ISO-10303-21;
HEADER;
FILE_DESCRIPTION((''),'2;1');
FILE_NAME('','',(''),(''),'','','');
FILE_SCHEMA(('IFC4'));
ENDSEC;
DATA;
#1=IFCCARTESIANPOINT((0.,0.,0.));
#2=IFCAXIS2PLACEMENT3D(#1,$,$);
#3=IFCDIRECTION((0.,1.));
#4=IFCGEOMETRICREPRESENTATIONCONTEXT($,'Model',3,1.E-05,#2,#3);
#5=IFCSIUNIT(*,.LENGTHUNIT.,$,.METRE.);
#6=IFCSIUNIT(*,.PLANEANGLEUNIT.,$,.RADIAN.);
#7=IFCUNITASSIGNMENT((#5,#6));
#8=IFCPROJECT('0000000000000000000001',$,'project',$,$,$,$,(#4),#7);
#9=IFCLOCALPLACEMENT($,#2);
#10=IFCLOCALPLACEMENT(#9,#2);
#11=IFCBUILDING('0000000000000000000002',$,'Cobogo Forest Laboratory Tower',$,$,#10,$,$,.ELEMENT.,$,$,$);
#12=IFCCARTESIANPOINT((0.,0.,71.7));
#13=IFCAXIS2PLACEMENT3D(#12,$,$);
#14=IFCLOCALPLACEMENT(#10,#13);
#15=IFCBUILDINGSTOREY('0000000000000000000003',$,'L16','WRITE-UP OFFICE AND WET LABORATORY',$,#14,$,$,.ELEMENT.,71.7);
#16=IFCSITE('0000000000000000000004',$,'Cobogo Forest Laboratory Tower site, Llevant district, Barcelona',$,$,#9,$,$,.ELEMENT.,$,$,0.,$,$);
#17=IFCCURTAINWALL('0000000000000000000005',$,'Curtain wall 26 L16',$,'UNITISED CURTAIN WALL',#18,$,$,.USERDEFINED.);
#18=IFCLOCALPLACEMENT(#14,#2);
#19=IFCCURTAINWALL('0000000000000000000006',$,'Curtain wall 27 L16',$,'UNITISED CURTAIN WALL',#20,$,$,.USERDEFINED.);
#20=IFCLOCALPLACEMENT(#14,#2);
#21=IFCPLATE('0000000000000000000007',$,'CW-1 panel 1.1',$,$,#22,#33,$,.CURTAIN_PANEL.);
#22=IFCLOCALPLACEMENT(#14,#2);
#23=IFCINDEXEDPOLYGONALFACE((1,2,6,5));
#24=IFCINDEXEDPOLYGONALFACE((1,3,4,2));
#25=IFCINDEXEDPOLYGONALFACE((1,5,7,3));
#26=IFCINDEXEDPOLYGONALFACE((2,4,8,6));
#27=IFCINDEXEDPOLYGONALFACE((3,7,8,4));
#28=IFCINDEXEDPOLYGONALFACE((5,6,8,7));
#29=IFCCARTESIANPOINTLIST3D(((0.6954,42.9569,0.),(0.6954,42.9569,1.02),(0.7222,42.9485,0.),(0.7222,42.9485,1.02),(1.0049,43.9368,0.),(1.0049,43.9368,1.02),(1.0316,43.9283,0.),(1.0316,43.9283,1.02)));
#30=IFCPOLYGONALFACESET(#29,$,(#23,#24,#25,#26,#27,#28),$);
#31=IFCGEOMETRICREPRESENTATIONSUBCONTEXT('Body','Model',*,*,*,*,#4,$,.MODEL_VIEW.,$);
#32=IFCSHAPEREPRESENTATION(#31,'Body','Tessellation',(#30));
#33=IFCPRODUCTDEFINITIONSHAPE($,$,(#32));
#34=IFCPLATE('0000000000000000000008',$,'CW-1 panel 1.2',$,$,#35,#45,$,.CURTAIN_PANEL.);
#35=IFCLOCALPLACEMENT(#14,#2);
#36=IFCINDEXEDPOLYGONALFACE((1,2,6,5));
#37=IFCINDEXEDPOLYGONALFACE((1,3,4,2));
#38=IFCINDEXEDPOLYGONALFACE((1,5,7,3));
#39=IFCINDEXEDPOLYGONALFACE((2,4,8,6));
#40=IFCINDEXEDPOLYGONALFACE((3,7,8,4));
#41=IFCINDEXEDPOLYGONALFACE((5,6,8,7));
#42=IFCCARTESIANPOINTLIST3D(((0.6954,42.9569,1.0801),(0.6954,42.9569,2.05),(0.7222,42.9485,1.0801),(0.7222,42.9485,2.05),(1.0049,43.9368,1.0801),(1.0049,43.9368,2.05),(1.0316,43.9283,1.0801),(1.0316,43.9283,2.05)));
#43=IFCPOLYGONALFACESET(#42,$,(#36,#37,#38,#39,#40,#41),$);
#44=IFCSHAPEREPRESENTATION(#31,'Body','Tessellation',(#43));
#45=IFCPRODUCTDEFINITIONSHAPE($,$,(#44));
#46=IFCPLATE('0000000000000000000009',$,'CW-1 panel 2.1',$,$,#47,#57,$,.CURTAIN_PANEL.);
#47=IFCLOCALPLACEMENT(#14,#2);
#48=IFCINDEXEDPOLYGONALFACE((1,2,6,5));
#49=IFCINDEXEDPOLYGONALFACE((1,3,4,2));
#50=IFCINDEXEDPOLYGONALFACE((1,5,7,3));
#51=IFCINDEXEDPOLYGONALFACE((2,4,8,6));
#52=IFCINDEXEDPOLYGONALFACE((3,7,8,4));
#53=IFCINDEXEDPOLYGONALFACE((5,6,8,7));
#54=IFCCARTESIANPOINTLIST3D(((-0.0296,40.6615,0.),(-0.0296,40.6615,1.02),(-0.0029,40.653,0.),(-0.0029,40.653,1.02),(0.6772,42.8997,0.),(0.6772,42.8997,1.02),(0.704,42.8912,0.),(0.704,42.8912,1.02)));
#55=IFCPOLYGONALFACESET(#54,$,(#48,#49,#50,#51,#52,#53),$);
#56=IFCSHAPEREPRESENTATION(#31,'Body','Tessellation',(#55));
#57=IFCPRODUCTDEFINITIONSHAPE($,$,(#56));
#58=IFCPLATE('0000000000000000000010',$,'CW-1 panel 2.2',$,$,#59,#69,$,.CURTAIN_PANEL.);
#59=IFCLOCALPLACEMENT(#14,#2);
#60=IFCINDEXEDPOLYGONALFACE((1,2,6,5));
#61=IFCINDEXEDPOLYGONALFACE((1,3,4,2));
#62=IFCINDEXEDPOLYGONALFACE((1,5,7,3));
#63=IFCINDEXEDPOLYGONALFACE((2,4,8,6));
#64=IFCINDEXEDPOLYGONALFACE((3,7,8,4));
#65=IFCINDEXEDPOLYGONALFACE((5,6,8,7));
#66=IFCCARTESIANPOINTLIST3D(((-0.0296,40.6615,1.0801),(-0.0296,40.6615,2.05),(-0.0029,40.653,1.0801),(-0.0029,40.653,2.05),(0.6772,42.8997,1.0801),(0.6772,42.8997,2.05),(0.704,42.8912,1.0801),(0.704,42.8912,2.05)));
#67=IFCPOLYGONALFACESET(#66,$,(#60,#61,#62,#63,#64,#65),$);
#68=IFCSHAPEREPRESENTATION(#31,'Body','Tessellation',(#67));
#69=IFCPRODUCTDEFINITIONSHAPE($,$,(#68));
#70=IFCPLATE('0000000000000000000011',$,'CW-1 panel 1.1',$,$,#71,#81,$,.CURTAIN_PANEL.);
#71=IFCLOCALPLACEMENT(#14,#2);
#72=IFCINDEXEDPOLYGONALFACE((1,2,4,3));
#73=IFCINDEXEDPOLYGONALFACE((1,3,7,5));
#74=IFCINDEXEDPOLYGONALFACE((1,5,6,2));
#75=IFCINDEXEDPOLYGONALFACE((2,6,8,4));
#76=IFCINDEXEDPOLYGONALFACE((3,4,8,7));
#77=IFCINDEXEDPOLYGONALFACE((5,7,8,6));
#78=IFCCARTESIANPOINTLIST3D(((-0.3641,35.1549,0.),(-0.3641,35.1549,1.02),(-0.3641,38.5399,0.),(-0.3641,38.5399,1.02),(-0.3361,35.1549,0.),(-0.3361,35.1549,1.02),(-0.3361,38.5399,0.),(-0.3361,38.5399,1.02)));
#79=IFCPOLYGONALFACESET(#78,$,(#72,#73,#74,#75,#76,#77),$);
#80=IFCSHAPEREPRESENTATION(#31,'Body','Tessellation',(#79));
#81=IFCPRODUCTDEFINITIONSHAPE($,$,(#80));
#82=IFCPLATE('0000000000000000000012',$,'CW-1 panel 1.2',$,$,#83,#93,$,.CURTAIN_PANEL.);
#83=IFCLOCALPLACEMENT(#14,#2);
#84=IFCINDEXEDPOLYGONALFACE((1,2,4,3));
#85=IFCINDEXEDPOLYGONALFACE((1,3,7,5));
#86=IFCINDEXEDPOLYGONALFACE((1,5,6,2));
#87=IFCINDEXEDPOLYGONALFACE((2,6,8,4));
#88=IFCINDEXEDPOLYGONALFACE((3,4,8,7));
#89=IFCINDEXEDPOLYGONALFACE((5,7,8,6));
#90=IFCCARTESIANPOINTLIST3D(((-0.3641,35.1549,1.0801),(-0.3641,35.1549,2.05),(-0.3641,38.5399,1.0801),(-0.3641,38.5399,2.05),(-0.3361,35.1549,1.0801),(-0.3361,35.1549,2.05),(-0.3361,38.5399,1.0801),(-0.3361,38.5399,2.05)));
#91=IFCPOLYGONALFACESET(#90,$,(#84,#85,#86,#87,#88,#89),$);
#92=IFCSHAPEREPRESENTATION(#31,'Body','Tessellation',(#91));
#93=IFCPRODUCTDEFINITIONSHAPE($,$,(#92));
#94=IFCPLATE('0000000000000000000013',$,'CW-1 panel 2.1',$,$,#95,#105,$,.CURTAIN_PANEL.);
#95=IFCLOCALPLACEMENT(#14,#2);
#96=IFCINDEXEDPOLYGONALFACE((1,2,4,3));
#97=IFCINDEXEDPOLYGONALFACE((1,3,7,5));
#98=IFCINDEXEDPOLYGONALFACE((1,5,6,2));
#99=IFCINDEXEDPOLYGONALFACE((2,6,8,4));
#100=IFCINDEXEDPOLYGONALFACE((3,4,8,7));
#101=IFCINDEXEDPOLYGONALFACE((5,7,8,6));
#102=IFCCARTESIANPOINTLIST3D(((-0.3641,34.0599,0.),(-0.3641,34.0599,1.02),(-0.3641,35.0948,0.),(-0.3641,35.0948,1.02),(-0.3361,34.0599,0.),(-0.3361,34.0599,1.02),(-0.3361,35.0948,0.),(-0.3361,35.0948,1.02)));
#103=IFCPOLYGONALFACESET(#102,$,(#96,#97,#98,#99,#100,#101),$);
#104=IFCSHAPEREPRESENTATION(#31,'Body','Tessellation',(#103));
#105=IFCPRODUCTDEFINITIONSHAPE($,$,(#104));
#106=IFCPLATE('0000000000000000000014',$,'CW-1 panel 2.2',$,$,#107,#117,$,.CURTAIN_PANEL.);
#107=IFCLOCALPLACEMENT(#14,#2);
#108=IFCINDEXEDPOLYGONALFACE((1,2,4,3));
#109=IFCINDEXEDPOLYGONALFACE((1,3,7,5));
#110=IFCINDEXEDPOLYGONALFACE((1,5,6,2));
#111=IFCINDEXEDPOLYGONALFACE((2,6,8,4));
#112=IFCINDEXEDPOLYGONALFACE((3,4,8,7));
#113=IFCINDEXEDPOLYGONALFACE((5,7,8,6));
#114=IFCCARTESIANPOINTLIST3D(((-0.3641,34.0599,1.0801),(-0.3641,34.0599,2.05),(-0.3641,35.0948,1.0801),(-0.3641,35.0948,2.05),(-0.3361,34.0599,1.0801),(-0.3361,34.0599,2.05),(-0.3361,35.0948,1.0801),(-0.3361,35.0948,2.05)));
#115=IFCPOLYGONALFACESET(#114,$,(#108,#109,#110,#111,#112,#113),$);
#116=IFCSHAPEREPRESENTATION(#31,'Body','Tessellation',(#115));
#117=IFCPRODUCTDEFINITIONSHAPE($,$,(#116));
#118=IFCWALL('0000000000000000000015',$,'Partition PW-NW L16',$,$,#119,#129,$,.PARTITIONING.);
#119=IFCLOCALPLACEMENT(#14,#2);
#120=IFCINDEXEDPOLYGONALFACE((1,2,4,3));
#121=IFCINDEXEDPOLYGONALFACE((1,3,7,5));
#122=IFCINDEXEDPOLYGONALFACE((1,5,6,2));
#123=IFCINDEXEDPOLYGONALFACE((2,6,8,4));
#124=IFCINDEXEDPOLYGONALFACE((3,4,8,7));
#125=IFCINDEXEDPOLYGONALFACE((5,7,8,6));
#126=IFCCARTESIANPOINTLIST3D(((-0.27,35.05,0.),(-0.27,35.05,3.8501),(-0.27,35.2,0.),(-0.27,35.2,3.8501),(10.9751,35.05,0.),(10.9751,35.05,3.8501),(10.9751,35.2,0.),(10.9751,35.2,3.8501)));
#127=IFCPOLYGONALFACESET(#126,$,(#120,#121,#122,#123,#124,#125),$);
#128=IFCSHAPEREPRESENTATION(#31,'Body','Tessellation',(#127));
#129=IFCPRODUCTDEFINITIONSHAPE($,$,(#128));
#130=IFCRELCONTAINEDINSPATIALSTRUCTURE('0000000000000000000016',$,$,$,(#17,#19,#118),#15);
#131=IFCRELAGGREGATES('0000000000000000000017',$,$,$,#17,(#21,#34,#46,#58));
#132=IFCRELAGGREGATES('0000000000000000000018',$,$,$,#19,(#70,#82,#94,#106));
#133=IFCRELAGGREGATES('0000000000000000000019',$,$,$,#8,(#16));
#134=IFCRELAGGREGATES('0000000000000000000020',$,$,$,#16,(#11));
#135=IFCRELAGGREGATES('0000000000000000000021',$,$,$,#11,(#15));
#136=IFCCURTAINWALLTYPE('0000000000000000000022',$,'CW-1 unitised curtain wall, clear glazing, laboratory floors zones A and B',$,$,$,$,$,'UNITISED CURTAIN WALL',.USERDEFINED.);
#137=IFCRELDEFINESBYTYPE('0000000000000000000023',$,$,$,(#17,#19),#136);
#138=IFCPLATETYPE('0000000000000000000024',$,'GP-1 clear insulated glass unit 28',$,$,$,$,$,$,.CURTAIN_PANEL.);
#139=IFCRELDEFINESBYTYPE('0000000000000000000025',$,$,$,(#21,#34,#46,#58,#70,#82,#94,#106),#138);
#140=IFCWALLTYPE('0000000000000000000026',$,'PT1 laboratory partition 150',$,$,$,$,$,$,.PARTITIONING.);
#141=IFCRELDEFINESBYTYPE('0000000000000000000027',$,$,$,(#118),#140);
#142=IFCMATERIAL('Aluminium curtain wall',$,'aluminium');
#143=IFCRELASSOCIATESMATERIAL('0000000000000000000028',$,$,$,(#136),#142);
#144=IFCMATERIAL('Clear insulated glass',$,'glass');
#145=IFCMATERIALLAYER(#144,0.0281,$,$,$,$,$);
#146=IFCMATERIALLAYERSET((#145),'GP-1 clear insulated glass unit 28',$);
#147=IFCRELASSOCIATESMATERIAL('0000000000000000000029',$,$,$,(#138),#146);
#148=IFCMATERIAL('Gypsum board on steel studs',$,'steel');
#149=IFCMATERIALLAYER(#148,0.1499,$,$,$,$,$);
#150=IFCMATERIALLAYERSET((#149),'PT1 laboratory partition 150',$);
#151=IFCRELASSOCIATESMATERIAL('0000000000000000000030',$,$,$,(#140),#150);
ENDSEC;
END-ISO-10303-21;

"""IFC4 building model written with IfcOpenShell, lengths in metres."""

from ifc_helpers import new_model, si_unit, direction, frame, frame_2d, origin, origin_2d, place, context, subcontext, project, spatial, rectangle, extrude, material, layer, layer_set, type_object, element, aggregate, save


model = new_model("IFC4")

# Units and contexts
model_context = context("Model", 3, precision=1e-05, world=origin(), true_north=direction((0.0, 1.0)))
body_context = subcontext(model_context, "Body", "Model", "MODEL_VIEW")
ifc_project = project(units=[si_unit("LENGTHUNIT", "METRE"), si_unit("PLANEANGLEUNIT", "RADIAN")], contexts=[model_context])

# Site, building, storey
site_placement = place(None, origin())
site = spatial("IfcSite", under=ifc_project, at=site_placement, Name="Cobogo Forest Laboratory Tower site, Llevant district, Barcelona", CompositionType="ELEMENT", RefElevation=0.0)
building_placement = place(site_placement, origin())
building = spatial("IfcBuilding", under=site, at=building_placement, Name="Cobogo Forest Laboratory Tower", CompositionType="ELEMENT")
storey_placement = place(building_placement, frame((0.0, 0.0, 71.7)))
storey = spatial("IfcBuildingStorey", under=building, at=storey_placement, Name="L16", Description="WRITE-UP OFFICE AND WET LABORATORY", CompositionType="ELEMENT", Elevation=71.7)

# Shared definitions
ifc_material_1 = material(Name="Aluminium curtain wall", Category="aluminium")
curtain_wall_type = type_object("IfcCurtainWallType", Name="CW-1 unitised curtain wall, clear glazing, laboratory floors zones A and B", ElementType="UNITISED CURTAIN WALL", PredefinedType="USERDEFINED", material=ifc_material_1)

# Curtain walls
curtain_wall_1_placement = place(storey_placement, origin())
curtain_wall_1 = element("IfcCurtainWall", 1, at=curtain_wall_1_placement, inside=storey, type_object=curtain_wall_type, Name="Curtain wall 26 L16", ObjectType="UNITISED CURTAIN WALL", PredefinedType="USERDEFINED")
curtain_wall_2_placement = place(storey_placement, origin())
curtain_wall_2 = element("IfcCurtainWall", 2, at=curtain_wall_2_placement, inside=storey, type_object=curtain_wall_type, Name="Curtain wall 27 L16", ObjectType="UNITISED CURTAIN WALL", PredefinedType="USERDEFINED")

# Plates
ifc_material_2 = material(Name="Clear insulated glass", Category="glass")
ifc_layer_1 = layer(ifc_material_2, 0.0281)
ifc_layer_set_1 = layer_set([ifc_layer_1], Name="GP-1 clear insulated glass unit 28")
plate_type_1 = type_object("IfcPlateType", Name="GP-1 clear insulated glass unit 28", PredefinedType="CURTAIN_PANEL", material=ifc_layer_set_1)
plate_1_placement = place(storey_placement, frame((0.8635, 43.4426, 0.0), z_axis=(0.0, 0.0, 1.0), x_axis=(-0.301135, -0.953581, 0.0)))
plate_1 = element("IfcPlate", 3, at=plate_1_placement, type_object=plate_type_1, Name="CW-1 panel 1.1", PredefinedType="CURTAIN_PANEL", context=body_context, shape_type="SweptSolid", body=[
    extrude(rectangle(XDim=1.0276, YDim=0.0281, at=origin_2d()), origin(), (0.0, 0.0, 1.0), 1.02),
])
plate_2_placement = place(storey_placement, frame((0.8635, 43.4426, 1.0801), z_axis=(0.0, 0.0, 1.0), x_axis=(-0.301135, -0.953581, 0.0)))
plate_2 = element("IfcPlate", 4, at=plate_2_placement, type_object=plate_type_1, Name="CW-1 panel 1.2", PredefinedType="CURTAIN_PANEL", context=body_context, shape_type="SweptSolid", body=[
    extrude(rectangle(XDim=1.0276, YDim=0.0281, at=origin_2d()), origin(), (0.0, 0.0, 1.0), 0.97),
])
plate_3_placement = place(storey_placement, frame((0.3372, 41.7764, 0.0), z_axis=(0.0, 0.0, 1.0), x_axis=(-0.301135, -0.953581, 0.0)))
plate_3 = element("IfcPlate", 5, at=plate_3_placement, type_object=plate_type_1, Name="CW-1 panel 2.1", PredefinedType="CURTAIN_PANEL", context=body_context, shape_type="SweptSolid", body=[
    extrude(rectangle(XDim=2.3472, YDim=0.0281, at=origin_2d()), origin(), (0.0, 0.0, 1.0), 1.02),
])
plate_4_placement = place(storey_placement, frame((0.3372, 41.7764, 1.0801), z_axis=(0.0, 0.0, 1.0), x_axis=(-0.301135, -0.953581, 0.0)))
plate_4 = element("IfcPlate", 6, at=plate_4_placement, type_object=plate_type_1, Name="CW-1 panel 2.2", PredefinedType="CURTAIN_PANEL", context=body_context, shape_type="SweptSolid", body=[
    extrude(rectangle(XDim=2.3472, YDim=0.0281, at=origin_2d()), origin(), (0.0, 0.0, 1.0), 0.97),
])
aggregate(curtain_wall_1, [plate_1, plate_2, plate_3, plate_4])
plate_5_placement = place(storey_placement, frame((-0.3501, 36.8474, 0.0), z_axis=(0.0, 0.0, 1.0), x_axis=(0.0, -1.0, 0.0)))
plate_5 = element("IfcPlate", 7, at=plate_5_placement, type_object=plate_type_1, Name="CW-1 panel 1.1", PredefinedType="CURTAIN_PANEL", context=body_context, shape_type="SweptSolid", body=[
    extrude(rectangle(XDim=3.385, YDim=0.0281, at=origin_2d()), origin(), (0.0, 0.0, 1.0), 1.02),
])
plate_6_placement = place(storey_placement, frame((-0.3501, 36.8474, 1.0801), z_axis=(0.0, 0.0, 1.0), x_axis=(0.0, -1.0, 0.0)))
plate_6 = element("IfcPlate", 8, at=plate_6_placement, type_object=plate_type_1, Name="CW-1 panel 1.2", PredefinedType="CURTAIN_PANEL", context=body_context, shape_type="SweptSolid", body=[
    extrude(rectangle(XDim=3.385, YDim=0.0281, at=origin_2d()), origin(), (0.0, 0.0, 1.0), 0.97),
])
plate_7_placement = place(storey_placement, frame((-0.3501, 34.5774, 0.0), z_axis=(0.0, 0.0, 1.0), x_axis=(0.0, -1.0, 0.0)))
plate_7 = element("IfcPlate", 9, at=plate_7_placement, type_object=plate_type_1, Name="CW-1 panel 2.1", PredefinedType="CURTAIN_PANEL", context=body_context, shape_type="SweptSolid", body=[
    extrude(rectangle(XDim=1.0349, YDim=0.0281, at=origin_2d()), origin(), (0.0, 0.0, 1.0), 1.02),
])
plate_8_placement = place(storey_placement, frame((-0.3501, 34.5774, 1.0801), z_axis=(0.0, 0.0, 1.0), x_axis=(0.0, -1.0, 0.0)))
plate_8 = element("IfcPlate", 10, at=plate_8_placement, type_object=plate_type_1, Name="CW-1 panel 2.2", PredefinedType="CURTAIN_PANEL", context=body_context, shape_type="SweptSolid", body=[
    extrude(rectangle(XDim=1.0349, YDim=0.0281, at=origin_2d()), origin(), (0.0, 0.0, 1.0), 0.97),
])
aggregate(curtain_wall_2, [plate_5, plate_6, plate_7, plate_8])

# Wall
ifc_material_3 = material(Name="Gypsum board on steel studs", Category="steel")
ifc_layer_2 = layer(ifc_material_3, 0.1499)
ifc_layer_set_2 = layer_set([ifc_layer_2], Name="PT1 laboratory partition 150")
wall_type = type_object("IfcWallType", Name="PT1 laboratory partition 150", PredefinedType="PARTITIONING", material=ifc_layer_set_2)
wall_placement = place(storey_placement, frame((-0.27, 35.125, 0.0), z_axis=(0.0, 0.0, 1.0), x_axis=(1.0, 0.0, 0.0)))
element("IfcWall", 11, at=wall_placement, inside=storey, type_object=wall_type, Name="Partition PW-NW L16", PredefinedType="PARTITIONING", context=body_context, shape_type="SweptSolid", body=[
    extrude(rectangle(XDim=11.2451, YDim=0.1499, at=frame_2d((5.6226, 0.0))), origin(), (0.0, 0.0, 1.0), 3.8501),
])

save(model, "model.ifc")
